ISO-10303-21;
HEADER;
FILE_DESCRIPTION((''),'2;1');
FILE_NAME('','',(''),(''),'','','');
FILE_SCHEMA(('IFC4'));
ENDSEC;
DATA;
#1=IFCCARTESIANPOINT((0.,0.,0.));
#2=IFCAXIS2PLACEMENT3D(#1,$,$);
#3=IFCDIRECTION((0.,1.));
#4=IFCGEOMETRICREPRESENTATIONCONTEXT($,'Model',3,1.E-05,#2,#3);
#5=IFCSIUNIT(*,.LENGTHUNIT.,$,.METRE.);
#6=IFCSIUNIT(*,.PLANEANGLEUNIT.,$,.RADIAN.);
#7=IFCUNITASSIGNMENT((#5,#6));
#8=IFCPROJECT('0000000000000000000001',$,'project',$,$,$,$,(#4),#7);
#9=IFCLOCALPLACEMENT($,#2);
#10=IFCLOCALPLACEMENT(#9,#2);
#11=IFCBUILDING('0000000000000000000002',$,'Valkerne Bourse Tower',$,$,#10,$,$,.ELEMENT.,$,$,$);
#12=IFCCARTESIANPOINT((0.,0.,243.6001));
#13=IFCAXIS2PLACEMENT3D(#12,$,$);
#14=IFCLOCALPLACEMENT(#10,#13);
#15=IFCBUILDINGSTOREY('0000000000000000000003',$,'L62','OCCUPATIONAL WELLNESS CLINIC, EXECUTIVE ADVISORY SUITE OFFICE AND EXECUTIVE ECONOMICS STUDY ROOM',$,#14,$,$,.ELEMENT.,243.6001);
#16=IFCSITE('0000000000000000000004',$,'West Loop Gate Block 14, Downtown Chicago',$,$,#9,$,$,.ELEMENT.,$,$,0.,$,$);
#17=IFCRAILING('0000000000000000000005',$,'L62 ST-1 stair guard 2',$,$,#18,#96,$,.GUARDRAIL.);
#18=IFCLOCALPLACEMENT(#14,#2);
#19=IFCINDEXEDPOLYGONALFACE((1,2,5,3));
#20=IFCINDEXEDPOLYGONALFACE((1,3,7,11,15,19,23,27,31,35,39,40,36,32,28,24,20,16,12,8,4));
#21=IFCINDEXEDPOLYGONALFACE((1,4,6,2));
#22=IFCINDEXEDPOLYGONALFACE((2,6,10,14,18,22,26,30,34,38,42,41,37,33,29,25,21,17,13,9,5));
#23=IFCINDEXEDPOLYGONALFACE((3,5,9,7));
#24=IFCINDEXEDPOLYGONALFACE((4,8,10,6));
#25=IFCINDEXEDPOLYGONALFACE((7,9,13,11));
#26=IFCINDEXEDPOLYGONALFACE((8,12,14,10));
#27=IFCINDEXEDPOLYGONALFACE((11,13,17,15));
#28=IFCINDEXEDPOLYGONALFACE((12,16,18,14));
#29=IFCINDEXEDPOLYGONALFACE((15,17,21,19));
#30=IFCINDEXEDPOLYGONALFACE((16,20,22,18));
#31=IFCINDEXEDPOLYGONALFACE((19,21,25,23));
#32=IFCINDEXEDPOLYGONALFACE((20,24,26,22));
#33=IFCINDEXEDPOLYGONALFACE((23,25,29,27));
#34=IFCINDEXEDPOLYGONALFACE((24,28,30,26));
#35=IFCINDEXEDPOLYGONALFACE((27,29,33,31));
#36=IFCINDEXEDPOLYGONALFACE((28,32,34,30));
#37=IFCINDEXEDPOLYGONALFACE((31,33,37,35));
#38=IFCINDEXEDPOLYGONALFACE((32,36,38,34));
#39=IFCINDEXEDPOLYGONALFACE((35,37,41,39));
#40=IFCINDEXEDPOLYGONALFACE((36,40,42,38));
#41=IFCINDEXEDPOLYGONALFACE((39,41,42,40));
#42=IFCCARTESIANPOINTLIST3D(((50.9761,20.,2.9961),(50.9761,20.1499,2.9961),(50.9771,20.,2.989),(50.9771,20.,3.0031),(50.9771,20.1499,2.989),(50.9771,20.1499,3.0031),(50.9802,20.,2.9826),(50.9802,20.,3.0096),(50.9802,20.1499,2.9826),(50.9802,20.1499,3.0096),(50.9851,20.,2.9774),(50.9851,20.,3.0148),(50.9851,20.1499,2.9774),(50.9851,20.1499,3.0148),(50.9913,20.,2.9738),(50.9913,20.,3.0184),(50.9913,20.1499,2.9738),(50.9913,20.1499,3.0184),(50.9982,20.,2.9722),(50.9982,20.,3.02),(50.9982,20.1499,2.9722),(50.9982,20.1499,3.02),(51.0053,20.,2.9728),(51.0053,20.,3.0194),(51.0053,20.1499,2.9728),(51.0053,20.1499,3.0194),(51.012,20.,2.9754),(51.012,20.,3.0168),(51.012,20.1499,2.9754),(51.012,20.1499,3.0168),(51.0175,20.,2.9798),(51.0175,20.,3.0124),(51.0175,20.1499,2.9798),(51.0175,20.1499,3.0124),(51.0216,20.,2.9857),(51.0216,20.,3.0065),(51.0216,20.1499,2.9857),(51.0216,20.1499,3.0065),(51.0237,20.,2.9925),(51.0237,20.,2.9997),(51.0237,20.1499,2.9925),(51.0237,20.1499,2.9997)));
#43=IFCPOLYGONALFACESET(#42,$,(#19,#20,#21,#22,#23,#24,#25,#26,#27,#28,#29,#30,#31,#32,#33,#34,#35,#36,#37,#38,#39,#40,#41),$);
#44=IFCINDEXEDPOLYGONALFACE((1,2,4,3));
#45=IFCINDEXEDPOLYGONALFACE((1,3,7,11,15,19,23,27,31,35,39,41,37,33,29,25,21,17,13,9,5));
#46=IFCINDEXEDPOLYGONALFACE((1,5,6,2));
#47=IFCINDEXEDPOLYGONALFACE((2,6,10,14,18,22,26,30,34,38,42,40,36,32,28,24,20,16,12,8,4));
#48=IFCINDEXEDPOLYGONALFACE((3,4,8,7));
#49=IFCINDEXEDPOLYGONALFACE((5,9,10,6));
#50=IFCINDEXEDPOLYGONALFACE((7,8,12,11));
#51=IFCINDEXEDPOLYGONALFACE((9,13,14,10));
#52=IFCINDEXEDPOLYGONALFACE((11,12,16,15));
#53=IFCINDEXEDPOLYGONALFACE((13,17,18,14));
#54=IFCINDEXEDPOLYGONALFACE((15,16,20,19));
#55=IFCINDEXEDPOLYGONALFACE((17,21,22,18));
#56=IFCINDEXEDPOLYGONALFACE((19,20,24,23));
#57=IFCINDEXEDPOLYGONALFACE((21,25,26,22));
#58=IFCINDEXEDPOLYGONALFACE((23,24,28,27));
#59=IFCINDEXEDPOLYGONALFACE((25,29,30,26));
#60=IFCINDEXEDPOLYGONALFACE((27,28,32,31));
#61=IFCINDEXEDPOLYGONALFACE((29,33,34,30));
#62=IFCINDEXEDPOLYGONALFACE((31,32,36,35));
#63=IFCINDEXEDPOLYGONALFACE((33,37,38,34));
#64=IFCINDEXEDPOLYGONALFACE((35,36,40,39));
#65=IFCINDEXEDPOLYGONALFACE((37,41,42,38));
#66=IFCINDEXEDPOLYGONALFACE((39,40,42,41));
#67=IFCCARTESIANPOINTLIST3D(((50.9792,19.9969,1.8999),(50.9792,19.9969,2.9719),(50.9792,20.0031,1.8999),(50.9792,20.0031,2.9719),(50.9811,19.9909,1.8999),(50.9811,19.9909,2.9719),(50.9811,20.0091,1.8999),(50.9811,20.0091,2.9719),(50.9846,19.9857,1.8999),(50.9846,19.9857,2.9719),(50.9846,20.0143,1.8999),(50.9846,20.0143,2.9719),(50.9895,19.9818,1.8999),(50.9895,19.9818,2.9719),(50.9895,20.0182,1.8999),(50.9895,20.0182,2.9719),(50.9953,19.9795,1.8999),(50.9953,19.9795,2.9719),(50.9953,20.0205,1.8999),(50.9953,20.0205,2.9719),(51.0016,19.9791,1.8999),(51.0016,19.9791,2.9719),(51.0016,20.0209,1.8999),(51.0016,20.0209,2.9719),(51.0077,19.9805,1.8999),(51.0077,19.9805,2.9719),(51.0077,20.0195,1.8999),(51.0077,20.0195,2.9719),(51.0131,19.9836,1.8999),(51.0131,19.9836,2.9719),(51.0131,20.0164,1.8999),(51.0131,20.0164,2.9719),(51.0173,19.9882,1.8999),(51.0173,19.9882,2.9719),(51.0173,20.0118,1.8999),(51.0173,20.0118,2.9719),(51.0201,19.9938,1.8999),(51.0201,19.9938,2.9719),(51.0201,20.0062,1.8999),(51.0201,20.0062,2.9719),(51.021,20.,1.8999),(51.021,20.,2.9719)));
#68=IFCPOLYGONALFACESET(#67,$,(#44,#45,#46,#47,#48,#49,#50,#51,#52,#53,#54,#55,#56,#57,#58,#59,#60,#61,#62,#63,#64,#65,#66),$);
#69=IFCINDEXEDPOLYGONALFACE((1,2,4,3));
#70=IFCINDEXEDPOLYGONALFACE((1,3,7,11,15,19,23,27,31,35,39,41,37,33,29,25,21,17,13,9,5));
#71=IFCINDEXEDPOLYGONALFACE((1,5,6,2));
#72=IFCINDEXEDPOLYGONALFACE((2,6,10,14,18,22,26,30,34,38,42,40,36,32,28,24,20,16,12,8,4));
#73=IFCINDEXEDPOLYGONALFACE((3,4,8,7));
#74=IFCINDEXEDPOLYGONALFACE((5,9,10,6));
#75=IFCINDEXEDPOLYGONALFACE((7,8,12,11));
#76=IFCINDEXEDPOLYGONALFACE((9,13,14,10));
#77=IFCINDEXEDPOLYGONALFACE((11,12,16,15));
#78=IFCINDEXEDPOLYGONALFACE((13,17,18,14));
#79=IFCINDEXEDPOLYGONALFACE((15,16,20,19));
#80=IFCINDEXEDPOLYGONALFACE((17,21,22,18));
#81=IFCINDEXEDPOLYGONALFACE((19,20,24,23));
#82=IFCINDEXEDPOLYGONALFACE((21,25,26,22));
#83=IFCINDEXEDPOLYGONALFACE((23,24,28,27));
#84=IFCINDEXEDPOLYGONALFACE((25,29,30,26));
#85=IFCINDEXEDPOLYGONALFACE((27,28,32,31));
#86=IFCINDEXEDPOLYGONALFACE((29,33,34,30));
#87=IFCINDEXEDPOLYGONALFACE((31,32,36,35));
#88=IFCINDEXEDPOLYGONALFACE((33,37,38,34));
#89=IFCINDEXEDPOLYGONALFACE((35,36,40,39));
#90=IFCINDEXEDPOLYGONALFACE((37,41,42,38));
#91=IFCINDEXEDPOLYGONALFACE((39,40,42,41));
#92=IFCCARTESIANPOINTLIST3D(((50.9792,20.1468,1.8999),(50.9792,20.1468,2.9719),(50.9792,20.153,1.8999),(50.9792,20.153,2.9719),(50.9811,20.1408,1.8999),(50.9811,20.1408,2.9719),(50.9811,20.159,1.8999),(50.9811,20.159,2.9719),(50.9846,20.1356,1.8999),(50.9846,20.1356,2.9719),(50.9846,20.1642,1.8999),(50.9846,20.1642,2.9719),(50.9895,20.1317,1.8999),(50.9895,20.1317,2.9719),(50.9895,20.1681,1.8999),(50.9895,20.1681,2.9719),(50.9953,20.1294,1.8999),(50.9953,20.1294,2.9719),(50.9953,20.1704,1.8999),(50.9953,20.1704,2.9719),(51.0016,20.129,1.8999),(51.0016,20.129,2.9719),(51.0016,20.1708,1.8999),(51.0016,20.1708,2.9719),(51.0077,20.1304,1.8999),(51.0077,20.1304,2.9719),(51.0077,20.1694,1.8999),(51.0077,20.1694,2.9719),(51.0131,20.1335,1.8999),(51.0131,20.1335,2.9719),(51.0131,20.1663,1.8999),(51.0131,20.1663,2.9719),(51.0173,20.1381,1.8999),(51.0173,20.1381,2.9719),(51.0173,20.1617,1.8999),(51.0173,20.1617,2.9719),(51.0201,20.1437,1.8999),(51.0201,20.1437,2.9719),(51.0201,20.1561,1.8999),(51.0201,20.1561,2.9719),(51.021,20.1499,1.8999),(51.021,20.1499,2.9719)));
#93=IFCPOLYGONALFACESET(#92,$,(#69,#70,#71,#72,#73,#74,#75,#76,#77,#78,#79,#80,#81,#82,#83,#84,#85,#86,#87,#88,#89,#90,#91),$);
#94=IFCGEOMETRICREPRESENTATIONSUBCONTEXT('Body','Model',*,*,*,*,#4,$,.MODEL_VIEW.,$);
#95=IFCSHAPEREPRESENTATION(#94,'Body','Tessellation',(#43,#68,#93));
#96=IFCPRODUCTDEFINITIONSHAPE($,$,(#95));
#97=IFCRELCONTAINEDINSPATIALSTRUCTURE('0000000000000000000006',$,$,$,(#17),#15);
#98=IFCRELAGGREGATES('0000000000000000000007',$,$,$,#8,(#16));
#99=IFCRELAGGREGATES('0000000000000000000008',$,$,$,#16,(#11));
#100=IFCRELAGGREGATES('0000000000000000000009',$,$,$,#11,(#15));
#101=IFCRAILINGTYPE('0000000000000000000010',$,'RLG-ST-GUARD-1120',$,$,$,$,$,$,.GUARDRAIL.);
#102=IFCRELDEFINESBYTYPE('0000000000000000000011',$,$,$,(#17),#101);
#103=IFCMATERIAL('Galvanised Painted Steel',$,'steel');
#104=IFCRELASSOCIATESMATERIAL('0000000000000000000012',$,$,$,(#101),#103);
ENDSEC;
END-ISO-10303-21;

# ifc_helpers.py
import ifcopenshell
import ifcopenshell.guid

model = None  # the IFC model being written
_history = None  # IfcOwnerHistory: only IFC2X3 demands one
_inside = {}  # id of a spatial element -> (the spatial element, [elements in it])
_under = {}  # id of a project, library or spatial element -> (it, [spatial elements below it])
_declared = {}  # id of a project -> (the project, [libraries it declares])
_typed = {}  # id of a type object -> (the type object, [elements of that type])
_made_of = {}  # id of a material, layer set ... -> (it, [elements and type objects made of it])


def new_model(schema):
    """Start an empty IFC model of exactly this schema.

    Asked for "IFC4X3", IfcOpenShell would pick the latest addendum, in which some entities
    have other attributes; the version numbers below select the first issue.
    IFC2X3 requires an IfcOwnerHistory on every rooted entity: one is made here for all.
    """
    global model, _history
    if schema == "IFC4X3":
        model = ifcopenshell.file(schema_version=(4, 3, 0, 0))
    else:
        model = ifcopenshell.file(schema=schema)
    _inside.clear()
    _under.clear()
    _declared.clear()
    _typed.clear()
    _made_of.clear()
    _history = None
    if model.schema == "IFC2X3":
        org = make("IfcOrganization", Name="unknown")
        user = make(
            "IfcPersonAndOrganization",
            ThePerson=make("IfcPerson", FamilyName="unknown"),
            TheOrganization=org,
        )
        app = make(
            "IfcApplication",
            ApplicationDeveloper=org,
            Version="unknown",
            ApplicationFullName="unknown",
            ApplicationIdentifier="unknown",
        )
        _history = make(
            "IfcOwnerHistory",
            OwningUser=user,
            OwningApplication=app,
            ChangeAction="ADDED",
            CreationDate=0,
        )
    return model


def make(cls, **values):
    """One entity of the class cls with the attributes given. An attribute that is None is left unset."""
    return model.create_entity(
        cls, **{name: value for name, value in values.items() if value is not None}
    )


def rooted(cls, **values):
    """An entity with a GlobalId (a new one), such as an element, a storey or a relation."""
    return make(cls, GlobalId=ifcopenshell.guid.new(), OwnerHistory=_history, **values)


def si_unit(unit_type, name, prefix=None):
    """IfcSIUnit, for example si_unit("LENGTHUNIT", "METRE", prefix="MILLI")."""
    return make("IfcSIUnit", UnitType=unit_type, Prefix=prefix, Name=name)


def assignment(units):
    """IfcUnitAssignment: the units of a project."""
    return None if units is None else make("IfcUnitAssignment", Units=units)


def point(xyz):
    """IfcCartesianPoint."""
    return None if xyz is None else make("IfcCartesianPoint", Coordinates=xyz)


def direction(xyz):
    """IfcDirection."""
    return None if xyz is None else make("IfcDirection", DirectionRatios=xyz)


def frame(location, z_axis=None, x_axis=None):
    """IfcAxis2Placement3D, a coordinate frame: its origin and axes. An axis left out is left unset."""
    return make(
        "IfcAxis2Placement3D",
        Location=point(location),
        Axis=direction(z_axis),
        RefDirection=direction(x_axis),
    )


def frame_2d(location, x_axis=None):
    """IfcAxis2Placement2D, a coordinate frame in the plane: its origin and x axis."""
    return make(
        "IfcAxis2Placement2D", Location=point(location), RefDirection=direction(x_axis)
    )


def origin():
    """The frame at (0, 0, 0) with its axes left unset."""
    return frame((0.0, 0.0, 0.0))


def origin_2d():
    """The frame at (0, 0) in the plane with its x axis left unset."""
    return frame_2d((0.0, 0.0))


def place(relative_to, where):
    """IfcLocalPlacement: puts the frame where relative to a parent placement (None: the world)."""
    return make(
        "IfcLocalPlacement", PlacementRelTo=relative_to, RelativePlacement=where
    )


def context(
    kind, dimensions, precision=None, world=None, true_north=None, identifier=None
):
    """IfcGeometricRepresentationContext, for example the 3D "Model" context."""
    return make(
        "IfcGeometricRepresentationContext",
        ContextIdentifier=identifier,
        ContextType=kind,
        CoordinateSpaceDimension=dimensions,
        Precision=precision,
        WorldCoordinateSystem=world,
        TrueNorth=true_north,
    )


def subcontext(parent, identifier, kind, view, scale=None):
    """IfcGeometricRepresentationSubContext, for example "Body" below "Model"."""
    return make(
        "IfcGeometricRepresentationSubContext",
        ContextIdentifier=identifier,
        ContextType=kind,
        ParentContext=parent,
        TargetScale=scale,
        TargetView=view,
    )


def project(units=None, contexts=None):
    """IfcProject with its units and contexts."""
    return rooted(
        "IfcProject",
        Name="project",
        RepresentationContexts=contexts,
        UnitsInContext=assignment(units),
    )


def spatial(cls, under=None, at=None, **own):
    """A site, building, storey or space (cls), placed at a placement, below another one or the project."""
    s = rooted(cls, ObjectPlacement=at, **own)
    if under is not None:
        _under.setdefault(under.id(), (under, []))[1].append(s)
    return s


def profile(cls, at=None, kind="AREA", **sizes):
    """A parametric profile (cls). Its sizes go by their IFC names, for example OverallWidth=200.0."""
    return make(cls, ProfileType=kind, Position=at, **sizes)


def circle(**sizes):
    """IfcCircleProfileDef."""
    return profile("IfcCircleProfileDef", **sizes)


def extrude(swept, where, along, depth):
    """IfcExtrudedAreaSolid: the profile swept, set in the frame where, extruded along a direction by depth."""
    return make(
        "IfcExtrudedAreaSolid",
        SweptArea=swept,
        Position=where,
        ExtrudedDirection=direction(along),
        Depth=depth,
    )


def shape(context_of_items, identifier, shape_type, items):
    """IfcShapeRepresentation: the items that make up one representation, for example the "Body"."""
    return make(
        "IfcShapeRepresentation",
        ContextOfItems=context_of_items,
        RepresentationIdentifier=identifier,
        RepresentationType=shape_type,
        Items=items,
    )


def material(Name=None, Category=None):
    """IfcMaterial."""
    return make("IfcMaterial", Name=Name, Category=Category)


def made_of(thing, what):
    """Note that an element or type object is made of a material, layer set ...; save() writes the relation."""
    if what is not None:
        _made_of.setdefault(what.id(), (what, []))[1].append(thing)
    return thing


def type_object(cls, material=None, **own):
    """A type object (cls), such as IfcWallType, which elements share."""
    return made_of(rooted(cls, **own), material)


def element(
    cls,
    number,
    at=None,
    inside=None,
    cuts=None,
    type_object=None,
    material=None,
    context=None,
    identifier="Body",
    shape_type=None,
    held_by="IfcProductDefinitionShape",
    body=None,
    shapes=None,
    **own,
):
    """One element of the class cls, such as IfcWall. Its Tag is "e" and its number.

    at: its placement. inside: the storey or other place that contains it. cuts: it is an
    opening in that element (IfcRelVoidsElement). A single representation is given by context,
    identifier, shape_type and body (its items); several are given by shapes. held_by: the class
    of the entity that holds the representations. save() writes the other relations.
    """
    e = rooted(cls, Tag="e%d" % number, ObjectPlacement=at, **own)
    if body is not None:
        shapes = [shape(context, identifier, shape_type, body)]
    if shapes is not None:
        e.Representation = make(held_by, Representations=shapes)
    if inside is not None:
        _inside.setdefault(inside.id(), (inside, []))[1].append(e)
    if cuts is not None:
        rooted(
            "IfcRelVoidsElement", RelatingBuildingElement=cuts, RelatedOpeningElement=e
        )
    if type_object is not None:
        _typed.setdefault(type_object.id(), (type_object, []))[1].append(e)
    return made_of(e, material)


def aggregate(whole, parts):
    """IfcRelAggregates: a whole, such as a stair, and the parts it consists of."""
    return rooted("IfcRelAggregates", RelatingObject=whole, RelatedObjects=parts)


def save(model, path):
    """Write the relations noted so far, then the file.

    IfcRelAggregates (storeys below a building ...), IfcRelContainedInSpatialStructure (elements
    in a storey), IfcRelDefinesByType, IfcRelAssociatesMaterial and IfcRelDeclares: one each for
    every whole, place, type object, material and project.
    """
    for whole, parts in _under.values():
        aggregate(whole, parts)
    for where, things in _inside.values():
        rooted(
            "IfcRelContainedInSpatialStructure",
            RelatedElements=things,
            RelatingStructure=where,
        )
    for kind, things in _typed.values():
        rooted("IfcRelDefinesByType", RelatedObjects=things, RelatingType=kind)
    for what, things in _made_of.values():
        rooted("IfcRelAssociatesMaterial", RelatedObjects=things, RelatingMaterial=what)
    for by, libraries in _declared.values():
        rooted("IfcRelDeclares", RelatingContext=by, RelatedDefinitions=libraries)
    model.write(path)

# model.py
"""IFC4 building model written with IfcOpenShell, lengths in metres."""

from ifc_helpers import new_model, si_unit, direction, frame, origin, origin_2d, place, context, subcontext, project, spatial, circle, extrude, material, type_object, element, save


model = new_model("IFC4")

# Units and contexts
model_context = context("Model", 3, precision=1e-05, world=origin(), true_north=direction((0.0, 1.0)))
body_context = subcontext(model_context, "Body", "Model", "MODEL_VIEW")
ifc_project = project(units=[si_unit("LENGTHUNIT", "METRE"), si_unit("PLANEANGLEUNIT", "RADIAN")], contexts=[model_context])

# Site, building, storey
site_placement = place(None, origin())
site = spatial("IfcSite", under=ifc_project, at=site_placement, Name="West Loop Gate Block 14, Downtown Chicago", CompositionType="ELEMENT", RefElevation=0.0)
building_placement = place(site_placement, origin())
building = spatial("IfcBuilding", under=site, at=building_placement, Name="Valkerne Bourse Tower", CompositionType="ELEMENT")
storey_placement = place(building_placement, frame((0.0, 0.0, 243.6001)))
storey = spatial("IfcBuildingStorey", under=building, at=storey_placement, Name="L62", Description="OCCUPATIONAL WELLNESS CLINIC, EXECUTIVE ADVISORY SUITE OFFICE AND EXECUTIVE ECONOMICS STUDY ROOM", CompositionType="ELEMENT", Elevation=243.6001)

# Shared definitions
ifc_material_1 = material(Name="Galvanised Painted Steel", Category="steel")

# Railing
railing_type_1 = type_object("IfcRailingType", Name="RLG-ST-GUARD-1120", PredefinedType="GUARDRAIL", material=ifc_material_1)
railing_1_placement = place(storey_placement, frame((51.0, 20.0, 1.8999)))
element("IfcRailing", 1, at=railing_1_placement, inside=storey, type_object=railing_type_1, Name="L62 ST-1 stair guard 2", PredefinedType="GUARDRAIL", context=body_context, shape_type="SweptSolid", body=[
    extrude(circle(Radius=0.0239, at=origin_2d()), frame((0.0, 0.0, 1.0962), z_axis=(0.0, 1.0, 0.0), x_axis=(-1.0, 0.0, 0.0)), (0.0, 0.0, 1.0), 0.1499),
    extrude(circle(Radius=0.021, at=origin_2d()), origin(), (0.0, 0.0, 1.0), 1.072),
    extrude(circle(Radius=0.021, at=origin_2d()), frame((0.0, 0.1499, 0.0)), (0.0, 0.0, 1.0), 1.072),
])

save(model, "model.ifc")
